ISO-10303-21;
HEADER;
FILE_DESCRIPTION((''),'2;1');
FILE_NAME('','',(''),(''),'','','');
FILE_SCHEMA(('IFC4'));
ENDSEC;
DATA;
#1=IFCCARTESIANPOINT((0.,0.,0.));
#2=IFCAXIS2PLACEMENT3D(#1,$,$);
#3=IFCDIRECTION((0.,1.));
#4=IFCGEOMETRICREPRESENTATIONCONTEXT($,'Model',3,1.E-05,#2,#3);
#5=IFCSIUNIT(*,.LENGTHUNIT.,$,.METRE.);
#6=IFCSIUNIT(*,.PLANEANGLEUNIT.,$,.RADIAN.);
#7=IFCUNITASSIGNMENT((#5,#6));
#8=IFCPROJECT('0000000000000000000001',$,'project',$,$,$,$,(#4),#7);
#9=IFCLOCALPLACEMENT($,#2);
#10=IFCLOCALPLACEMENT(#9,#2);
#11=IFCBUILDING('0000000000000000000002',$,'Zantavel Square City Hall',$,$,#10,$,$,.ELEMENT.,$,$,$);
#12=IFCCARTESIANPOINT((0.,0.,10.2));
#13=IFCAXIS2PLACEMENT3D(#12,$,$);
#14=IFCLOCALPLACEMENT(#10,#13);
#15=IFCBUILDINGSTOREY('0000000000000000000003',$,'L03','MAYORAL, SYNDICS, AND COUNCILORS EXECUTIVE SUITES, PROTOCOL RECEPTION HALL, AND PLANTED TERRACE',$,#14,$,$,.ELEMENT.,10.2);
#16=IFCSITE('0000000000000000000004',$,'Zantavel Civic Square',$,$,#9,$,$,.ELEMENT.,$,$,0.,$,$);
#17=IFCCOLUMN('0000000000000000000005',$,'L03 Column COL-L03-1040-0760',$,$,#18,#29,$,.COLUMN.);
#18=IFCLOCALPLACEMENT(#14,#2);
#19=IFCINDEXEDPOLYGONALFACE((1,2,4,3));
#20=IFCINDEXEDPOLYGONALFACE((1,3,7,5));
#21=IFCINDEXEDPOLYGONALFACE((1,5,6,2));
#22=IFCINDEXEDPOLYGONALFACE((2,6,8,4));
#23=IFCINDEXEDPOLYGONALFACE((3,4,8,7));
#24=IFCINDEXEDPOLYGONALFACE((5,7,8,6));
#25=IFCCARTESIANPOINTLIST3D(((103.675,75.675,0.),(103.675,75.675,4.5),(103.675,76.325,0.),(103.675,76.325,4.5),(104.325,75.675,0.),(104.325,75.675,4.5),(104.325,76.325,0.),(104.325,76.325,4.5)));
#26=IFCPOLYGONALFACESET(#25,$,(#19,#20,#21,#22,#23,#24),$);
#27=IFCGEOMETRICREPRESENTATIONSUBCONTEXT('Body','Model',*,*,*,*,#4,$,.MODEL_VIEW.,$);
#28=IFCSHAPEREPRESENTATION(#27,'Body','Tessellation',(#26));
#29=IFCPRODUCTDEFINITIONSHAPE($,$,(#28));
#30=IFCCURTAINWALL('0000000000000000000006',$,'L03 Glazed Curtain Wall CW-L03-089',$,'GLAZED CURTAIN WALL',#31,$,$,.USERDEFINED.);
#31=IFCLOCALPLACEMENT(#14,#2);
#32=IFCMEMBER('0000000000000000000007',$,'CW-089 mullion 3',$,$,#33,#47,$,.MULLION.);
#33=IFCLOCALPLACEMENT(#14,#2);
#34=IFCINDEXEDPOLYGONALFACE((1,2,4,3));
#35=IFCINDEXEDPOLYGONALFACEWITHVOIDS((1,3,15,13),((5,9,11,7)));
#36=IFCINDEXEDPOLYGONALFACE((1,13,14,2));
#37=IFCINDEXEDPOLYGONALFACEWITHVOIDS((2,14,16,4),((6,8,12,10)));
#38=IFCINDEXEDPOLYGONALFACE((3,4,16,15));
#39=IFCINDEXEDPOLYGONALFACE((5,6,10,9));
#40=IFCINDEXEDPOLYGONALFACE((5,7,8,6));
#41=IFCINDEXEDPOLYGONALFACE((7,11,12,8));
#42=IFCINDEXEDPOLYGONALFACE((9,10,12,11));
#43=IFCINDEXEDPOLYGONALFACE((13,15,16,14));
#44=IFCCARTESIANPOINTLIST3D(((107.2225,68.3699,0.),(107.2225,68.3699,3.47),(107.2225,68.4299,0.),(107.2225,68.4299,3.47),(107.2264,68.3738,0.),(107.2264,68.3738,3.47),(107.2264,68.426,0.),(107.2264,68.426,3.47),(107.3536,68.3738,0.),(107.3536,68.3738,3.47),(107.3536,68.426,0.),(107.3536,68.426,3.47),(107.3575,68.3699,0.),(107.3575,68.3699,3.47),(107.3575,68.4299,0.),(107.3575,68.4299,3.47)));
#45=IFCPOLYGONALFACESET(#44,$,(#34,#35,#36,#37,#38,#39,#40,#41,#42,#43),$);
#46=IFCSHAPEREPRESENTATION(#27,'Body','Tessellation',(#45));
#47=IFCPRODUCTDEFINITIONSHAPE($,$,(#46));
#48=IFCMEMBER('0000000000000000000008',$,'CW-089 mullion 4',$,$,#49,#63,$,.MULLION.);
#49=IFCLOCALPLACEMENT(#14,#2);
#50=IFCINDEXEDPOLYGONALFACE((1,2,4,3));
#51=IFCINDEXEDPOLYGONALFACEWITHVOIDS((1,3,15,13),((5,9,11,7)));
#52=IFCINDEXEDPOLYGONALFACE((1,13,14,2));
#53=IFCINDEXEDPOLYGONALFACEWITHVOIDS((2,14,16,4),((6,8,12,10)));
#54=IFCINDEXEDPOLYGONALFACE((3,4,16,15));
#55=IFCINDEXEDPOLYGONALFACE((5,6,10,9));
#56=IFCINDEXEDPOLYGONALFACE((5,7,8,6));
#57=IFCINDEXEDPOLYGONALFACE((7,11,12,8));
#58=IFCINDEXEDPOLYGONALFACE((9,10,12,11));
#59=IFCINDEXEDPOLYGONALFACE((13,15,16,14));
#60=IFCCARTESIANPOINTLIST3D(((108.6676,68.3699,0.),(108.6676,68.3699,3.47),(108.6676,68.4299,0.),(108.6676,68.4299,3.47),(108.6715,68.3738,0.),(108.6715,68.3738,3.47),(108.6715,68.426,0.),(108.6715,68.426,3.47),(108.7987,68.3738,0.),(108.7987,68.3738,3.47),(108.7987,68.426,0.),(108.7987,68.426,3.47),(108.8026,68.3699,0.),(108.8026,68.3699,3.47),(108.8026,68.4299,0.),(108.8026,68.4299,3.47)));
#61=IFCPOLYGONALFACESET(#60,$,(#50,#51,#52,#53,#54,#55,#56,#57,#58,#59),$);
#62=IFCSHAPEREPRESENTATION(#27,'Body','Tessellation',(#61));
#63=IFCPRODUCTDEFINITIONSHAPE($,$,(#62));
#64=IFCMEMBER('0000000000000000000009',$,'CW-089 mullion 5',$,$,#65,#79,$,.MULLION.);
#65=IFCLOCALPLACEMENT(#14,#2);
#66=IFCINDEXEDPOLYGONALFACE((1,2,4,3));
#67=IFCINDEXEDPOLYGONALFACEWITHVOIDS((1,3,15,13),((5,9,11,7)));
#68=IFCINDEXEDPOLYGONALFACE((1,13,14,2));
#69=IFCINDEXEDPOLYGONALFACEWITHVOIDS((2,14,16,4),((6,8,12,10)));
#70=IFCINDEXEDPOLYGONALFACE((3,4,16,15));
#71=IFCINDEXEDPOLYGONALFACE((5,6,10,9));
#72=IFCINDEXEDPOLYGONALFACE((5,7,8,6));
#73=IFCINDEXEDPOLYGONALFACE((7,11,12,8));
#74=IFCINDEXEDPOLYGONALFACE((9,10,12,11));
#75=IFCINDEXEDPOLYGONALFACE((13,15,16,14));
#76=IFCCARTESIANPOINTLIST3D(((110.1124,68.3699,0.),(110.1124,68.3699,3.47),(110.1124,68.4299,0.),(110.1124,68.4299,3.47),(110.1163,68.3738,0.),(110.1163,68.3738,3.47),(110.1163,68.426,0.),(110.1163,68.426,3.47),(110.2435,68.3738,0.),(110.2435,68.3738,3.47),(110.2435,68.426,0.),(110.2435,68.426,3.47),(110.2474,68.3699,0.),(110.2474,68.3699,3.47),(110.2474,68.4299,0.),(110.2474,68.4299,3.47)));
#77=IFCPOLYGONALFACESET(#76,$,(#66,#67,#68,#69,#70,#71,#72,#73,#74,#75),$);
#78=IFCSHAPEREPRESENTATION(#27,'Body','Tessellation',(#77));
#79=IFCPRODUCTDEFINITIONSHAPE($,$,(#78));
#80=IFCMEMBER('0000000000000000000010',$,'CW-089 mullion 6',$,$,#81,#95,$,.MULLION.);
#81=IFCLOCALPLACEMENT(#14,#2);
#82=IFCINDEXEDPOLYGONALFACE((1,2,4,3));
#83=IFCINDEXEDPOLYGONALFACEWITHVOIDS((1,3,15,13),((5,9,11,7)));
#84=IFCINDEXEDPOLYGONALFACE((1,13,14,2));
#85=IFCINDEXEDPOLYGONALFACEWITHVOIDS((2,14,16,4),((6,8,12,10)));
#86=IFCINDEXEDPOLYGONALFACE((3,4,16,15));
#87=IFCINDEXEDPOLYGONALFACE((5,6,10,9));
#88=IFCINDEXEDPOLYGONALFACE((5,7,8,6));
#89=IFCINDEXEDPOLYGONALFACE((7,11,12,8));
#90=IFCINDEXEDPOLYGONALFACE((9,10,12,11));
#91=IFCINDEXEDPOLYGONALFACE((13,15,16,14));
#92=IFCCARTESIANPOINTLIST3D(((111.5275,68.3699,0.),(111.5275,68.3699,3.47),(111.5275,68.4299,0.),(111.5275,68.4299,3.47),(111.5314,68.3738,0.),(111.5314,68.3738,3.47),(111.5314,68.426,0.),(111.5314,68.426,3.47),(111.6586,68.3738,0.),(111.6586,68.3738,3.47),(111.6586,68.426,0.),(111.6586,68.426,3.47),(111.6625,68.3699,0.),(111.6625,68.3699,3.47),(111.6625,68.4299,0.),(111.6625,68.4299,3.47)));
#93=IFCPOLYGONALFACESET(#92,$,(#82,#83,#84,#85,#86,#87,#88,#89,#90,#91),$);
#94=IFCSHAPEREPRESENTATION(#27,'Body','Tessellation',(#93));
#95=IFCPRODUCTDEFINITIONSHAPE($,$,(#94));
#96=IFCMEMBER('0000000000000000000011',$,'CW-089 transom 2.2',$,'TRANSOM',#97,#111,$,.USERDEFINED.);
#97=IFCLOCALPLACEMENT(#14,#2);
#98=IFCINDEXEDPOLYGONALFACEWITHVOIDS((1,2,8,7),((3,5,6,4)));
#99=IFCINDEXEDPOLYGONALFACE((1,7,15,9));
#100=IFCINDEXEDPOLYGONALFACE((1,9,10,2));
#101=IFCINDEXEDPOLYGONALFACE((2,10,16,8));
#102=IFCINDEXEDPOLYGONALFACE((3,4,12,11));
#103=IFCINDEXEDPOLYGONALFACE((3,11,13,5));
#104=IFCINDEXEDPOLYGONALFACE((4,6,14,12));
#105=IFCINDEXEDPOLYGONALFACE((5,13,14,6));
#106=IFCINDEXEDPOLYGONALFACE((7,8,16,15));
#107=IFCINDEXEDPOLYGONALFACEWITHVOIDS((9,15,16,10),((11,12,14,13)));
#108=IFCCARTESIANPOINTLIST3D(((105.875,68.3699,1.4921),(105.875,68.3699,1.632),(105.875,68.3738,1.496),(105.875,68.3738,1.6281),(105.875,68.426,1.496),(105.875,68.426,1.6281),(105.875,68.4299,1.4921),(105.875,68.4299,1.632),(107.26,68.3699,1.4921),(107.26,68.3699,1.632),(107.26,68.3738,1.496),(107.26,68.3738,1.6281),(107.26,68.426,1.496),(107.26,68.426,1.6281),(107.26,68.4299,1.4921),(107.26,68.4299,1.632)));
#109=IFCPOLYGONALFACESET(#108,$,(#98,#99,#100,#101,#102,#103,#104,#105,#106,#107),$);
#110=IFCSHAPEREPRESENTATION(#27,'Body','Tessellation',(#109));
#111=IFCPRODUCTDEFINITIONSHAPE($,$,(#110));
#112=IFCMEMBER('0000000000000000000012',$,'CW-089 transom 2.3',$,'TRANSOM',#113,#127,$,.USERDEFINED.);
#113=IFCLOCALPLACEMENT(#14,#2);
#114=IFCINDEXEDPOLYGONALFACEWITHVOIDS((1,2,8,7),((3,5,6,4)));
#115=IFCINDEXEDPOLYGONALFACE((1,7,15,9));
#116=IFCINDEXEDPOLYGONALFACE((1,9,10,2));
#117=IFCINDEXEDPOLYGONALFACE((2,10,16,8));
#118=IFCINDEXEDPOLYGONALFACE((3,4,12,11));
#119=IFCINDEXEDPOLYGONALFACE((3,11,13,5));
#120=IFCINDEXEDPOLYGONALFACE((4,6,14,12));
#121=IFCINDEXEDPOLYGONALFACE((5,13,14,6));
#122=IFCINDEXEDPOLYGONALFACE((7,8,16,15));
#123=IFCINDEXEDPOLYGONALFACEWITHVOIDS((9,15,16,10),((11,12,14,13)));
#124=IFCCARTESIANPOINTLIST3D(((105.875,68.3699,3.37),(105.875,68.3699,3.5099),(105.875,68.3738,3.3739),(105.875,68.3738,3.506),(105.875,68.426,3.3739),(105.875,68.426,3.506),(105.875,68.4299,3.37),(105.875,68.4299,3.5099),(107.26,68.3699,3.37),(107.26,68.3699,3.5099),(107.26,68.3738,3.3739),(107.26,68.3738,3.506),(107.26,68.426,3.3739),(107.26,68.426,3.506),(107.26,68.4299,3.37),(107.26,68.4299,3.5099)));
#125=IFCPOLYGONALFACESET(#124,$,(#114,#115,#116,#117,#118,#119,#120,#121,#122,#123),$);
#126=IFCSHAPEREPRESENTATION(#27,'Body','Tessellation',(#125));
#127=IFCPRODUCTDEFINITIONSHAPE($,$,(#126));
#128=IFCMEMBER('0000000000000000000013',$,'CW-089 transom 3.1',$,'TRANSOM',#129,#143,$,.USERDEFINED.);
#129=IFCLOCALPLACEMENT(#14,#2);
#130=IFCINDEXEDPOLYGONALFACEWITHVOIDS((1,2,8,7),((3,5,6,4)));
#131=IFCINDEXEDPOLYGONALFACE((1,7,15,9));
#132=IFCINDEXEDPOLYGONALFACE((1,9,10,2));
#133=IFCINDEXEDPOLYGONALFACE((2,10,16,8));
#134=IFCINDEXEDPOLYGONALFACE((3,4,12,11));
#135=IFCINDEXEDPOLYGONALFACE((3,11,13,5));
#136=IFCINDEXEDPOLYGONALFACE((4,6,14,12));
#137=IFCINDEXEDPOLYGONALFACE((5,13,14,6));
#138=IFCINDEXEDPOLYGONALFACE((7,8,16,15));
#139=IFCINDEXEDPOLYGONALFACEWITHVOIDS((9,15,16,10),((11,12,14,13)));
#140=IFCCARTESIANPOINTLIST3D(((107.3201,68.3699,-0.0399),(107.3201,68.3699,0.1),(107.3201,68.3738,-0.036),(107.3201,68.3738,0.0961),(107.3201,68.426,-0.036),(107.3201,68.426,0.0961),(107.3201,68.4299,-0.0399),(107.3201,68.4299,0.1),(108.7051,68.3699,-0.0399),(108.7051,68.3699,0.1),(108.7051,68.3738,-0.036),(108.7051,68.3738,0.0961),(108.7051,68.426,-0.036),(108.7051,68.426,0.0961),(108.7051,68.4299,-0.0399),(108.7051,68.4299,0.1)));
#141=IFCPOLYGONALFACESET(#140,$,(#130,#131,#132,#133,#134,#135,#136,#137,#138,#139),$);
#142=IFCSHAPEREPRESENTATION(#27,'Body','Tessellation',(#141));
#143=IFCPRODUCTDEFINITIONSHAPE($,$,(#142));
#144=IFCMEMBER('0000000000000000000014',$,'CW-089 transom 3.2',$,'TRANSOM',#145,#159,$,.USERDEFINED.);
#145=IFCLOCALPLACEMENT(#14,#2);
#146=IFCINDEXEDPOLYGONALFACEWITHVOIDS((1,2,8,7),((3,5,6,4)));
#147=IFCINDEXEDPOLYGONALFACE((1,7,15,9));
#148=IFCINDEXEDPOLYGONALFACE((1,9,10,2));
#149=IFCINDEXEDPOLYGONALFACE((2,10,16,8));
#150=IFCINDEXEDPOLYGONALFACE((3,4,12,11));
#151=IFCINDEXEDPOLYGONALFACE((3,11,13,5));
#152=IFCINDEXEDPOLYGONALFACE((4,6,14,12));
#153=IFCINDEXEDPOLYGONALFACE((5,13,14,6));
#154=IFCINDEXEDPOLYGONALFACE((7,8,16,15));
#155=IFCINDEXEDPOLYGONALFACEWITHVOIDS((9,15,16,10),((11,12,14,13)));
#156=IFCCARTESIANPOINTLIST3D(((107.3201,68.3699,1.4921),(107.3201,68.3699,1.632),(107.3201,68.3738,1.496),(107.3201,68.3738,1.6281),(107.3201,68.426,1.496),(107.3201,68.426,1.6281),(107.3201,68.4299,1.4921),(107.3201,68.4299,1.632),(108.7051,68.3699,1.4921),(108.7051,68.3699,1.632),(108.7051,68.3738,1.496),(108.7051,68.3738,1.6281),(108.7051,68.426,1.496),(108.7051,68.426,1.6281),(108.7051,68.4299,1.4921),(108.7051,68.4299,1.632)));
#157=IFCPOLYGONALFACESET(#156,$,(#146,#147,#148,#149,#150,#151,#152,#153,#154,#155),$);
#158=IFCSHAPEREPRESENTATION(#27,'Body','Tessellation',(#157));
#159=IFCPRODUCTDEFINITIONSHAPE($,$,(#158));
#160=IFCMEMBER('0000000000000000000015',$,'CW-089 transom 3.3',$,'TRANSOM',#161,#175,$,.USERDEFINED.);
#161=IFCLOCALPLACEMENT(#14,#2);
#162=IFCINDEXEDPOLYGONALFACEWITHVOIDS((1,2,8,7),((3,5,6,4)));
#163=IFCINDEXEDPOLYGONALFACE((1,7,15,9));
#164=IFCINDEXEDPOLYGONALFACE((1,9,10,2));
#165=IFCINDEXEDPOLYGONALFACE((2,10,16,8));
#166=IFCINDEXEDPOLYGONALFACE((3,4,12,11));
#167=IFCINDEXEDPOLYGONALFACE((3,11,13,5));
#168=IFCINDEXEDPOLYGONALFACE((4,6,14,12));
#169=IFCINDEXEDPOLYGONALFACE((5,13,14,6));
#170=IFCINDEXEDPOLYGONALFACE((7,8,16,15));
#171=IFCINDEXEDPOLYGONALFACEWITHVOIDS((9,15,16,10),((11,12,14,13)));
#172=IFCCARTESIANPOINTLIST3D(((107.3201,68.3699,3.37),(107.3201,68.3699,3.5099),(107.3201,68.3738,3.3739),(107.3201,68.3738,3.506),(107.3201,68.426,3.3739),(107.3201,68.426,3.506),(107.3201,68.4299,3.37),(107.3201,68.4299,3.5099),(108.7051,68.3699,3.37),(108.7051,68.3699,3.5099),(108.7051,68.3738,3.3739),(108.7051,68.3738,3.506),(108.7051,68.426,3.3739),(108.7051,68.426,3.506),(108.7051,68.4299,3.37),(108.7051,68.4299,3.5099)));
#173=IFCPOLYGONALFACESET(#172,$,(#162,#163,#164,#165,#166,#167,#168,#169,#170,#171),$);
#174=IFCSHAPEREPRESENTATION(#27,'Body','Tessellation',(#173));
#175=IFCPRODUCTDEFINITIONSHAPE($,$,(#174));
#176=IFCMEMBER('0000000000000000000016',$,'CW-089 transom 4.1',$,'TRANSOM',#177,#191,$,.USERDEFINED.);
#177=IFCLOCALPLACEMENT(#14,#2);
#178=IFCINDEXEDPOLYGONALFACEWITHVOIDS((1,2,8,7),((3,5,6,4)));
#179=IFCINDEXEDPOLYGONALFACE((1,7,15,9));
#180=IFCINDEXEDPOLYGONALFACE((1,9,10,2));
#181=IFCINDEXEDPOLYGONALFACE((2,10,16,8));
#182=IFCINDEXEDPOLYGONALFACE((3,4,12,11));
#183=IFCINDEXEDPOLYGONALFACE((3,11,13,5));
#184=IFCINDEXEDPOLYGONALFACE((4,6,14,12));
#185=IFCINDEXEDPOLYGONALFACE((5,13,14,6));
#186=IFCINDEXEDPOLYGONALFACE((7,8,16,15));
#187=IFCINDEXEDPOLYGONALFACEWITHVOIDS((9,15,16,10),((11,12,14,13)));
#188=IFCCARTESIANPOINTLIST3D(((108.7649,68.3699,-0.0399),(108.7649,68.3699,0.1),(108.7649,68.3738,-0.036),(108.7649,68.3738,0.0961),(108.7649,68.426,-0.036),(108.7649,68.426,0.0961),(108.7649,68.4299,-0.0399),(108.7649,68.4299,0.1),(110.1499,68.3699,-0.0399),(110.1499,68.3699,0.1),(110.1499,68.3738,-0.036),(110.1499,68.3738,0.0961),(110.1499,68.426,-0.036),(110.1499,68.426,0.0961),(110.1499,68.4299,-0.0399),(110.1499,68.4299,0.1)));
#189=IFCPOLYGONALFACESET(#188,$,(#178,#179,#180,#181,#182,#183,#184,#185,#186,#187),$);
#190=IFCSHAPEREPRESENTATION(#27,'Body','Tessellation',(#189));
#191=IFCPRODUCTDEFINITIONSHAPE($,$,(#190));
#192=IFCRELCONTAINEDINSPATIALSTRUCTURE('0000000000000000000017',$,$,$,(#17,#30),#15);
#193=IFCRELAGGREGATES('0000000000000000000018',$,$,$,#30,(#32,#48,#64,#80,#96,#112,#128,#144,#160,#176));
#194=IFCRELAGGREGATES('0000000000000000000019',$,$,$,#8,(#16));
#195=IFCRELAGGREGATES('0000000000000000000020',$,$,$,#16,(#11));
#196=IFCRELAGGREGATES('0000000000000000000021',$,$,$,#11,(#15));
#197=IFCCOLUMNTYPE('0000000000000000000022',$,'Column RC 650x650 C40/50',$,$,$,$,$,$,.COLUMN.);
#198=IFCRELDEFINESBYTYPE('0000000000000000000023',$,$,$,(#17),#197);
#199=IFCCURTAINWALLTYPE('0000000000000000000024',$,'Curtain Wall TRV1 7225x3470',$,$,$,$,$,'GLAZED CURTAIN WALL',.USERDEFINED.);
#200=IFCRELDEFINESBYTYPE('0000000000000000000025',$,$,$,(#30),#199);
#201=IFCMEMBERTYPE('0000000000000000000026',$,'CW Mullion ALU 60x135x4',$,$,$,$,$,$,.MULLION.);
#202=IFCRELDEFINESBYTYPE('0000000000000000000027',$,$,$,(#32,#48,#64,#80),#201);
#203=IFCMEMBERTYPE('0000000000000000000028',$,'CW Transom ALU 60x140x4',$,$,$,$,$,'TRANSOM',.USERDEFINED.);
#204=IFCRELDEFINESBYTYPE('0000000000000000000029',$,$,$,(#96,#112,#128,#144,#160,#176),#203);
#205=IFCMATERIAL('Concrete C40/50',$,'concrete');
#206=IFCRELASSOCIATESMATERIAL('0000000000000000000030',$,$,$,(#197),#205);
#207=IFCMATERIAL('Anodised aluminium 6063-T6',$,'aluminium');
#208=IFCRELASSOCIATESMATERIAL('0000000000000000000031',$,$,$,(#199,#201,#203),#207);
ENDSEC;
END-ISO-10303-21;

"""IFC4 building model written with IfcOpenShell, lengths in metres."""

from ifc_helpers import new_model, si_unit, direction, frame, origin, origin_2d, place, context, subcontext, project, spatial, rectangle, hollow_rectangle, extrude, material, material_profile, profile_set, type_object, element, aggregate, save


model = new_model("IFC4")

# Units and contexts
model_context = context("Model", 3, precision=1e-05, world=origin(), true_north=direction((0.0, 1.0)))
body_context = subcontext(model_context, "Body", "Model", "MODEL_VIEW")
ifc_project = project(units=[si_unit("LENGTHUNIT", "METRE"), si_unit("PLANEANGLEUNIT", "RADIAN")], contexts=[model_context])

# Site, building, storey
site_placement = place(None, origin())
site = spatial("IfcSite", under=ifc_project, at=site_placement, Name="Zantavel Civic Square", CompositionType="ELEMENT", RefElevation=0.0)
building_placement = place(site_placement, origin())
building = spatial("IfcBuilding", under=site, at=building_placement, Name="Zantavel Square City Hall", CompositionType="ELEMENT")
storey_placement = place(building_placement, frame((0.0, 0.0, 10.2)))
storey = spatial("IfcBuildingStorey", under=building, at=storey_placement, Name="L03", Description="MAYORAL, SYNDICS, AND COUNCILORS EXECUTIVE SUITES, PROTOCOL RECEPTION HALL, AND PLANTED TERRACE", CompositionType="ELEMENT", Elevation=10.2)

# Column
ifc_material_1 = material(Name="Concrete C40/50", Category="concrete")
ifc_material_profile_1 = material_profile(ifc_material_1, rectangle(XDim=0.6499, YDim=0.6499, at=origin_2d()), Name="RC 650x650")
ifc_profile_set_1 = profile_set([ifc_material_profile_1], Name="Concrete C40/50")
column_type = type_object("IfcColumnType", Name="Column RC 650x650 C40/50", PredefinedType="COLUMN", material=ifc_profile_set_1)
column_placement = place(storey_placement, frame((104.0, 76.0, 0.0), z_axis=(0.0, 0.0, 1.0), x_axis=(1.0, 0.0, 0.0)))
element("IfcColumn", 1, at=column_placement, inside=storey, type_object=column_type, Name="L03 Column COL-L03-1040-0760", PredefinedType="COLUMN", context=body_context, shape_type="SweptSolid", body=[
    extrude(rectangle(XDim=0.6499, YDim=0.6499, at=origin_2d()), origin(), (0.0, 0.0, 1.0), 4.5),
])

# Curtain wall, members
ifc_material_2 = material(Name="Anodised aluminium 6063-T6", Category="aluminium")
curtain_wall_type = type_object("IfcCurtainWallType", Name="Curtain Wall TRV1 7225x3470", ElementType="GLAZED CURTAIN WALL", PredefinedType="USERDEFINED", material=ifc_material_2)
curtain_wall_placement = place(storey_placement, origin())
curtain_wall = element("IfcCurtainWall", 2, at=curtain_wall_placement, inside=storey, type_object=curtain_wall_type, Name="L03 Glazed Curtain Wall CW-L03-089", ObjectType="GLAZED CURTAIN WALL", PredefinedType="USERDEFINED")
ifc_material_profile_2 = material_profile(ifc_material_2, hollow_rectangle(XDim=0.0601, YDim=0.135, WallThickness=0.0039, at=origin_2d()), Name="ALU 60x135x4")
ifc_profile_set_2 = profile_set([ifc_material_profile_2], Name="Anodised aluminium 6063-T6")
member_type_1 = type_object("IfcMemberType", Name="CW Mullion ALU 60x135x4", PredefinedType="MULLION", material=ifc_profile_set_2)
member_1_placement = place(storey_placement, frame((107.29, 68.3999, 0.0), z_axis=(0.0, 0.0, 1.0), x_axis=(0.0, 1.0, 0.0)))
member_1 = element("IfcMember", 3, at=member_1_placement, type_object=member_type_1, Name="CW-089 mullion 3", PredefinedType="MULLION", context=body_context, shape_type="SweptSolid", body=[
    extrude(hollow_rectangle(XDim=0.0601, YDim=0.135, WallThickness=0.0039, at=origin_2d()), origin(), (0.0, 0.0, 1.0), 3.47),
])
member_2_placement = place(storey_placement, frame((108.7351, 68.3999, 0.0), z_axis=(0.0, 0.0, 1.0), x_axis=(0.0, 1.0, 0.0)))
member_2 = element("IfcMember", 4, at=member_2_placement, type_object=member_type_1, Name="CW-089 mullion 4", PredefinedType="MULLION", context=body_context, shape_type="SweptSolid", body=[
    extrude(hollow_rectangle(XDim=0.0601, YDim=0.135, WallThickness=0.0039, at=origin_2d()), origin(), (0.0, 0.0, 1.0), 3.47),
])
member_3_placement = place(storey_placement, frame((110.1799, 68.3999, 0.0), z_axis=(0.0, 0.0, 1.0), x_axis=(0.0, 1.0, 0.0)))
member_3 = element("IfcMember", 5, at=member_3_placement, type_object=member_type_1, Name="CW-089 mullion 5", PredefinedType="MULLION", context=body_context, shape_type="SweptSolid", body=[
    extrude(hollow_rectangle(XDim=0.0601, YDim=0.135, WallThickness=0.0039, at=origin_2d()), origin(), (0.0, 0.0, 1.0), 3.47),
])
member_4_placement = place(storey_placement, frame((111.595, 68.3999, 0.0), z_axis=(0.0, 0.0, 1.0), x_axis=(0.0, 1.0, 0.0)))
member_4 = element("IfcMember", 6, at=member_4_placement, type_object=member_type_1, Name="CW-089 mullion 6", PredefinedType="MULLION", context=body_context, shape_type="SweptSolid", body=[
    extrude(hollow_rectangle(XDim=0.0601, YDim=0.135, WallThickness=0.0039, at=origin_2d()), origin(), (0.0, 0.0, 1.0), 3.47),
])
ifc_material_profile_3 = material_profile(ifc_material_2, hollow_rectangle(XDim=0.0601, YDim=0.1399, WallThickness=0.0039, at=origin_2d()), Name="ALU 60x140x4")
ifc_profile_set_3 = profile_set([ifc_material_profile_3], Name="Anodised aluminium 6063-T6")
member_type_2 = type_object("IfcMemberType", Name="CW Transom ALU 60x140x4", ElementType="TRANSOM", PredefinedType="USERDEFINED", material=ifc_profile_set_3)
member_5_placement = place(storey_placement, frame((105.875, 68.3999, 1.562), z_axis=(1.0, 0.0, 0.0), x_axis=(0.0, 1.0, 0.0)))
member_5 = element("IfcMember", 7, at=member_5_placement, type_object=member_type_2, Name="CW-089 transom 2.2", ObjectType="TRANSOM", PredefinedType="USERDEFINED", context=body_context, shape_type="SweptSolid", body=[
    extrude(hollow_rectangle(XDim=0.0601, YDim=0.1399, WallThickness=0.0039, at=origin_2d()), origin(), (0.0, 0.0, 1.0), 1.385),
])
member_6_placement = place(storey_placement, frame((105.875, 68.3999, 3.4399), z_axis=(1.0, 0.0, 0.0), x_axis=(0.0, 1.0, 0.0)))
member_6 = element("IfcMember", 8, at=member_6_placement, type_object=member_type_2, Name="CW-089 transom 2.3", ObjectType="TRANSOM", PredefinedType="USERDEFINED", context=body_context, shape_type="SweptSolid", body=[
    extrude(hollow_rectangle(XDim=0.0601, YDim=0.1399, WallThickness=0.0039, at=origin_2d()), origin(), (0.0, 0.0, 1.0), 1.385),
])
member_7_placement = place(storey_placement, frame((107.3201, 68.3999, 0.03), z_axis=(1.0, 0.0, 0.0), x_axis=(0.0, 1.0, 0.0)))
member_7 = element("IfcMember", 9, at=member_7_placement, type_object=member_type_2, Name="CW-089 transom 3.1", ObjectType="TRANSOM", PredefinedType="USERDEFINED", context=body_context, shape_type="SweptSolid", body=[
    extrude(hollow_rectangle(XDim=0.0601, YDim=0.1399, WallThickness=0.0039, at=origin_2d()), origin(), (0.0, 0.0, 1.0), 1.385),
])
member_8_placement = place(storey_placement, frame((107.3201, 68.3999, 1.562), z_axis=(1.0, 0.0, 0.0), x_axis=(0.0, 1.0, 0.0)))
member_8 = element("IfcMember", 10, at=member_8_placement, type_object=member_type_2, Name="CW-089 transom 3.2", ObjectType="TRANSOM", PredefinedType="USERDEFINED", context=body_context, shape_type="SweptSolid", body=[
    extrude(hollow_rectangle(XDim=0.0601, YDim=0.1399, WallThickness=0.0039, at=origin_2d()), origin(), (0.0, 0.0, 1.0), 1.385),
])
member_9_placement = place(storey_placement, frame((107.3201, 68.3999, 3.4399), z_axis=(1.0, 0.0, 0.0), x_axis=(0.0, 1.0, 0.0)))
member_9 = element("IfcMember", 11, at=member_9_placement, type_object=member_type_2, Name="CW-089 transom 3.3", ObjectType="TRANSOM", PredefinedType="USERDEFINED", context=body_context, shape_type="SweptSolid", body=[
    extrude(hollow_rectangle(XDim=0.0601, YDim=0.1399, WallThickness=0.0039, at=origin_2d()), origin(), (0.0, 0.0, 1.0), 1.385),
])
member_10_placement = place(storey_placement, frame((108.7649, 68.3999, 0.03), z_axis=(1.0, 0.0, 0.0), x_axis=(0.0, 1.0, 0.0)))
member_10 = element("IfcMember", 12, at=member_10_placement, type_object=member_type_2, Name="CW-089 transom 4.1", ObjectType="TRANSOM", PredefinedType="USERDEFINED", context=body_context, shape_type="SweptSolid", body=[
    extrude(hollow_rectangle(XDim=0.0601, YDim=0.1399, WallThickness=0.0039, at=origin_2d()), origin(), (0.0, 0.0, 1.0), 1.385),
])

aggregate(curtain_wall, [member_1, member_2, member_3, member_4, member_5, member_6, member_7, member_8, member_9, member_10])

save(model, "model.ifc")
